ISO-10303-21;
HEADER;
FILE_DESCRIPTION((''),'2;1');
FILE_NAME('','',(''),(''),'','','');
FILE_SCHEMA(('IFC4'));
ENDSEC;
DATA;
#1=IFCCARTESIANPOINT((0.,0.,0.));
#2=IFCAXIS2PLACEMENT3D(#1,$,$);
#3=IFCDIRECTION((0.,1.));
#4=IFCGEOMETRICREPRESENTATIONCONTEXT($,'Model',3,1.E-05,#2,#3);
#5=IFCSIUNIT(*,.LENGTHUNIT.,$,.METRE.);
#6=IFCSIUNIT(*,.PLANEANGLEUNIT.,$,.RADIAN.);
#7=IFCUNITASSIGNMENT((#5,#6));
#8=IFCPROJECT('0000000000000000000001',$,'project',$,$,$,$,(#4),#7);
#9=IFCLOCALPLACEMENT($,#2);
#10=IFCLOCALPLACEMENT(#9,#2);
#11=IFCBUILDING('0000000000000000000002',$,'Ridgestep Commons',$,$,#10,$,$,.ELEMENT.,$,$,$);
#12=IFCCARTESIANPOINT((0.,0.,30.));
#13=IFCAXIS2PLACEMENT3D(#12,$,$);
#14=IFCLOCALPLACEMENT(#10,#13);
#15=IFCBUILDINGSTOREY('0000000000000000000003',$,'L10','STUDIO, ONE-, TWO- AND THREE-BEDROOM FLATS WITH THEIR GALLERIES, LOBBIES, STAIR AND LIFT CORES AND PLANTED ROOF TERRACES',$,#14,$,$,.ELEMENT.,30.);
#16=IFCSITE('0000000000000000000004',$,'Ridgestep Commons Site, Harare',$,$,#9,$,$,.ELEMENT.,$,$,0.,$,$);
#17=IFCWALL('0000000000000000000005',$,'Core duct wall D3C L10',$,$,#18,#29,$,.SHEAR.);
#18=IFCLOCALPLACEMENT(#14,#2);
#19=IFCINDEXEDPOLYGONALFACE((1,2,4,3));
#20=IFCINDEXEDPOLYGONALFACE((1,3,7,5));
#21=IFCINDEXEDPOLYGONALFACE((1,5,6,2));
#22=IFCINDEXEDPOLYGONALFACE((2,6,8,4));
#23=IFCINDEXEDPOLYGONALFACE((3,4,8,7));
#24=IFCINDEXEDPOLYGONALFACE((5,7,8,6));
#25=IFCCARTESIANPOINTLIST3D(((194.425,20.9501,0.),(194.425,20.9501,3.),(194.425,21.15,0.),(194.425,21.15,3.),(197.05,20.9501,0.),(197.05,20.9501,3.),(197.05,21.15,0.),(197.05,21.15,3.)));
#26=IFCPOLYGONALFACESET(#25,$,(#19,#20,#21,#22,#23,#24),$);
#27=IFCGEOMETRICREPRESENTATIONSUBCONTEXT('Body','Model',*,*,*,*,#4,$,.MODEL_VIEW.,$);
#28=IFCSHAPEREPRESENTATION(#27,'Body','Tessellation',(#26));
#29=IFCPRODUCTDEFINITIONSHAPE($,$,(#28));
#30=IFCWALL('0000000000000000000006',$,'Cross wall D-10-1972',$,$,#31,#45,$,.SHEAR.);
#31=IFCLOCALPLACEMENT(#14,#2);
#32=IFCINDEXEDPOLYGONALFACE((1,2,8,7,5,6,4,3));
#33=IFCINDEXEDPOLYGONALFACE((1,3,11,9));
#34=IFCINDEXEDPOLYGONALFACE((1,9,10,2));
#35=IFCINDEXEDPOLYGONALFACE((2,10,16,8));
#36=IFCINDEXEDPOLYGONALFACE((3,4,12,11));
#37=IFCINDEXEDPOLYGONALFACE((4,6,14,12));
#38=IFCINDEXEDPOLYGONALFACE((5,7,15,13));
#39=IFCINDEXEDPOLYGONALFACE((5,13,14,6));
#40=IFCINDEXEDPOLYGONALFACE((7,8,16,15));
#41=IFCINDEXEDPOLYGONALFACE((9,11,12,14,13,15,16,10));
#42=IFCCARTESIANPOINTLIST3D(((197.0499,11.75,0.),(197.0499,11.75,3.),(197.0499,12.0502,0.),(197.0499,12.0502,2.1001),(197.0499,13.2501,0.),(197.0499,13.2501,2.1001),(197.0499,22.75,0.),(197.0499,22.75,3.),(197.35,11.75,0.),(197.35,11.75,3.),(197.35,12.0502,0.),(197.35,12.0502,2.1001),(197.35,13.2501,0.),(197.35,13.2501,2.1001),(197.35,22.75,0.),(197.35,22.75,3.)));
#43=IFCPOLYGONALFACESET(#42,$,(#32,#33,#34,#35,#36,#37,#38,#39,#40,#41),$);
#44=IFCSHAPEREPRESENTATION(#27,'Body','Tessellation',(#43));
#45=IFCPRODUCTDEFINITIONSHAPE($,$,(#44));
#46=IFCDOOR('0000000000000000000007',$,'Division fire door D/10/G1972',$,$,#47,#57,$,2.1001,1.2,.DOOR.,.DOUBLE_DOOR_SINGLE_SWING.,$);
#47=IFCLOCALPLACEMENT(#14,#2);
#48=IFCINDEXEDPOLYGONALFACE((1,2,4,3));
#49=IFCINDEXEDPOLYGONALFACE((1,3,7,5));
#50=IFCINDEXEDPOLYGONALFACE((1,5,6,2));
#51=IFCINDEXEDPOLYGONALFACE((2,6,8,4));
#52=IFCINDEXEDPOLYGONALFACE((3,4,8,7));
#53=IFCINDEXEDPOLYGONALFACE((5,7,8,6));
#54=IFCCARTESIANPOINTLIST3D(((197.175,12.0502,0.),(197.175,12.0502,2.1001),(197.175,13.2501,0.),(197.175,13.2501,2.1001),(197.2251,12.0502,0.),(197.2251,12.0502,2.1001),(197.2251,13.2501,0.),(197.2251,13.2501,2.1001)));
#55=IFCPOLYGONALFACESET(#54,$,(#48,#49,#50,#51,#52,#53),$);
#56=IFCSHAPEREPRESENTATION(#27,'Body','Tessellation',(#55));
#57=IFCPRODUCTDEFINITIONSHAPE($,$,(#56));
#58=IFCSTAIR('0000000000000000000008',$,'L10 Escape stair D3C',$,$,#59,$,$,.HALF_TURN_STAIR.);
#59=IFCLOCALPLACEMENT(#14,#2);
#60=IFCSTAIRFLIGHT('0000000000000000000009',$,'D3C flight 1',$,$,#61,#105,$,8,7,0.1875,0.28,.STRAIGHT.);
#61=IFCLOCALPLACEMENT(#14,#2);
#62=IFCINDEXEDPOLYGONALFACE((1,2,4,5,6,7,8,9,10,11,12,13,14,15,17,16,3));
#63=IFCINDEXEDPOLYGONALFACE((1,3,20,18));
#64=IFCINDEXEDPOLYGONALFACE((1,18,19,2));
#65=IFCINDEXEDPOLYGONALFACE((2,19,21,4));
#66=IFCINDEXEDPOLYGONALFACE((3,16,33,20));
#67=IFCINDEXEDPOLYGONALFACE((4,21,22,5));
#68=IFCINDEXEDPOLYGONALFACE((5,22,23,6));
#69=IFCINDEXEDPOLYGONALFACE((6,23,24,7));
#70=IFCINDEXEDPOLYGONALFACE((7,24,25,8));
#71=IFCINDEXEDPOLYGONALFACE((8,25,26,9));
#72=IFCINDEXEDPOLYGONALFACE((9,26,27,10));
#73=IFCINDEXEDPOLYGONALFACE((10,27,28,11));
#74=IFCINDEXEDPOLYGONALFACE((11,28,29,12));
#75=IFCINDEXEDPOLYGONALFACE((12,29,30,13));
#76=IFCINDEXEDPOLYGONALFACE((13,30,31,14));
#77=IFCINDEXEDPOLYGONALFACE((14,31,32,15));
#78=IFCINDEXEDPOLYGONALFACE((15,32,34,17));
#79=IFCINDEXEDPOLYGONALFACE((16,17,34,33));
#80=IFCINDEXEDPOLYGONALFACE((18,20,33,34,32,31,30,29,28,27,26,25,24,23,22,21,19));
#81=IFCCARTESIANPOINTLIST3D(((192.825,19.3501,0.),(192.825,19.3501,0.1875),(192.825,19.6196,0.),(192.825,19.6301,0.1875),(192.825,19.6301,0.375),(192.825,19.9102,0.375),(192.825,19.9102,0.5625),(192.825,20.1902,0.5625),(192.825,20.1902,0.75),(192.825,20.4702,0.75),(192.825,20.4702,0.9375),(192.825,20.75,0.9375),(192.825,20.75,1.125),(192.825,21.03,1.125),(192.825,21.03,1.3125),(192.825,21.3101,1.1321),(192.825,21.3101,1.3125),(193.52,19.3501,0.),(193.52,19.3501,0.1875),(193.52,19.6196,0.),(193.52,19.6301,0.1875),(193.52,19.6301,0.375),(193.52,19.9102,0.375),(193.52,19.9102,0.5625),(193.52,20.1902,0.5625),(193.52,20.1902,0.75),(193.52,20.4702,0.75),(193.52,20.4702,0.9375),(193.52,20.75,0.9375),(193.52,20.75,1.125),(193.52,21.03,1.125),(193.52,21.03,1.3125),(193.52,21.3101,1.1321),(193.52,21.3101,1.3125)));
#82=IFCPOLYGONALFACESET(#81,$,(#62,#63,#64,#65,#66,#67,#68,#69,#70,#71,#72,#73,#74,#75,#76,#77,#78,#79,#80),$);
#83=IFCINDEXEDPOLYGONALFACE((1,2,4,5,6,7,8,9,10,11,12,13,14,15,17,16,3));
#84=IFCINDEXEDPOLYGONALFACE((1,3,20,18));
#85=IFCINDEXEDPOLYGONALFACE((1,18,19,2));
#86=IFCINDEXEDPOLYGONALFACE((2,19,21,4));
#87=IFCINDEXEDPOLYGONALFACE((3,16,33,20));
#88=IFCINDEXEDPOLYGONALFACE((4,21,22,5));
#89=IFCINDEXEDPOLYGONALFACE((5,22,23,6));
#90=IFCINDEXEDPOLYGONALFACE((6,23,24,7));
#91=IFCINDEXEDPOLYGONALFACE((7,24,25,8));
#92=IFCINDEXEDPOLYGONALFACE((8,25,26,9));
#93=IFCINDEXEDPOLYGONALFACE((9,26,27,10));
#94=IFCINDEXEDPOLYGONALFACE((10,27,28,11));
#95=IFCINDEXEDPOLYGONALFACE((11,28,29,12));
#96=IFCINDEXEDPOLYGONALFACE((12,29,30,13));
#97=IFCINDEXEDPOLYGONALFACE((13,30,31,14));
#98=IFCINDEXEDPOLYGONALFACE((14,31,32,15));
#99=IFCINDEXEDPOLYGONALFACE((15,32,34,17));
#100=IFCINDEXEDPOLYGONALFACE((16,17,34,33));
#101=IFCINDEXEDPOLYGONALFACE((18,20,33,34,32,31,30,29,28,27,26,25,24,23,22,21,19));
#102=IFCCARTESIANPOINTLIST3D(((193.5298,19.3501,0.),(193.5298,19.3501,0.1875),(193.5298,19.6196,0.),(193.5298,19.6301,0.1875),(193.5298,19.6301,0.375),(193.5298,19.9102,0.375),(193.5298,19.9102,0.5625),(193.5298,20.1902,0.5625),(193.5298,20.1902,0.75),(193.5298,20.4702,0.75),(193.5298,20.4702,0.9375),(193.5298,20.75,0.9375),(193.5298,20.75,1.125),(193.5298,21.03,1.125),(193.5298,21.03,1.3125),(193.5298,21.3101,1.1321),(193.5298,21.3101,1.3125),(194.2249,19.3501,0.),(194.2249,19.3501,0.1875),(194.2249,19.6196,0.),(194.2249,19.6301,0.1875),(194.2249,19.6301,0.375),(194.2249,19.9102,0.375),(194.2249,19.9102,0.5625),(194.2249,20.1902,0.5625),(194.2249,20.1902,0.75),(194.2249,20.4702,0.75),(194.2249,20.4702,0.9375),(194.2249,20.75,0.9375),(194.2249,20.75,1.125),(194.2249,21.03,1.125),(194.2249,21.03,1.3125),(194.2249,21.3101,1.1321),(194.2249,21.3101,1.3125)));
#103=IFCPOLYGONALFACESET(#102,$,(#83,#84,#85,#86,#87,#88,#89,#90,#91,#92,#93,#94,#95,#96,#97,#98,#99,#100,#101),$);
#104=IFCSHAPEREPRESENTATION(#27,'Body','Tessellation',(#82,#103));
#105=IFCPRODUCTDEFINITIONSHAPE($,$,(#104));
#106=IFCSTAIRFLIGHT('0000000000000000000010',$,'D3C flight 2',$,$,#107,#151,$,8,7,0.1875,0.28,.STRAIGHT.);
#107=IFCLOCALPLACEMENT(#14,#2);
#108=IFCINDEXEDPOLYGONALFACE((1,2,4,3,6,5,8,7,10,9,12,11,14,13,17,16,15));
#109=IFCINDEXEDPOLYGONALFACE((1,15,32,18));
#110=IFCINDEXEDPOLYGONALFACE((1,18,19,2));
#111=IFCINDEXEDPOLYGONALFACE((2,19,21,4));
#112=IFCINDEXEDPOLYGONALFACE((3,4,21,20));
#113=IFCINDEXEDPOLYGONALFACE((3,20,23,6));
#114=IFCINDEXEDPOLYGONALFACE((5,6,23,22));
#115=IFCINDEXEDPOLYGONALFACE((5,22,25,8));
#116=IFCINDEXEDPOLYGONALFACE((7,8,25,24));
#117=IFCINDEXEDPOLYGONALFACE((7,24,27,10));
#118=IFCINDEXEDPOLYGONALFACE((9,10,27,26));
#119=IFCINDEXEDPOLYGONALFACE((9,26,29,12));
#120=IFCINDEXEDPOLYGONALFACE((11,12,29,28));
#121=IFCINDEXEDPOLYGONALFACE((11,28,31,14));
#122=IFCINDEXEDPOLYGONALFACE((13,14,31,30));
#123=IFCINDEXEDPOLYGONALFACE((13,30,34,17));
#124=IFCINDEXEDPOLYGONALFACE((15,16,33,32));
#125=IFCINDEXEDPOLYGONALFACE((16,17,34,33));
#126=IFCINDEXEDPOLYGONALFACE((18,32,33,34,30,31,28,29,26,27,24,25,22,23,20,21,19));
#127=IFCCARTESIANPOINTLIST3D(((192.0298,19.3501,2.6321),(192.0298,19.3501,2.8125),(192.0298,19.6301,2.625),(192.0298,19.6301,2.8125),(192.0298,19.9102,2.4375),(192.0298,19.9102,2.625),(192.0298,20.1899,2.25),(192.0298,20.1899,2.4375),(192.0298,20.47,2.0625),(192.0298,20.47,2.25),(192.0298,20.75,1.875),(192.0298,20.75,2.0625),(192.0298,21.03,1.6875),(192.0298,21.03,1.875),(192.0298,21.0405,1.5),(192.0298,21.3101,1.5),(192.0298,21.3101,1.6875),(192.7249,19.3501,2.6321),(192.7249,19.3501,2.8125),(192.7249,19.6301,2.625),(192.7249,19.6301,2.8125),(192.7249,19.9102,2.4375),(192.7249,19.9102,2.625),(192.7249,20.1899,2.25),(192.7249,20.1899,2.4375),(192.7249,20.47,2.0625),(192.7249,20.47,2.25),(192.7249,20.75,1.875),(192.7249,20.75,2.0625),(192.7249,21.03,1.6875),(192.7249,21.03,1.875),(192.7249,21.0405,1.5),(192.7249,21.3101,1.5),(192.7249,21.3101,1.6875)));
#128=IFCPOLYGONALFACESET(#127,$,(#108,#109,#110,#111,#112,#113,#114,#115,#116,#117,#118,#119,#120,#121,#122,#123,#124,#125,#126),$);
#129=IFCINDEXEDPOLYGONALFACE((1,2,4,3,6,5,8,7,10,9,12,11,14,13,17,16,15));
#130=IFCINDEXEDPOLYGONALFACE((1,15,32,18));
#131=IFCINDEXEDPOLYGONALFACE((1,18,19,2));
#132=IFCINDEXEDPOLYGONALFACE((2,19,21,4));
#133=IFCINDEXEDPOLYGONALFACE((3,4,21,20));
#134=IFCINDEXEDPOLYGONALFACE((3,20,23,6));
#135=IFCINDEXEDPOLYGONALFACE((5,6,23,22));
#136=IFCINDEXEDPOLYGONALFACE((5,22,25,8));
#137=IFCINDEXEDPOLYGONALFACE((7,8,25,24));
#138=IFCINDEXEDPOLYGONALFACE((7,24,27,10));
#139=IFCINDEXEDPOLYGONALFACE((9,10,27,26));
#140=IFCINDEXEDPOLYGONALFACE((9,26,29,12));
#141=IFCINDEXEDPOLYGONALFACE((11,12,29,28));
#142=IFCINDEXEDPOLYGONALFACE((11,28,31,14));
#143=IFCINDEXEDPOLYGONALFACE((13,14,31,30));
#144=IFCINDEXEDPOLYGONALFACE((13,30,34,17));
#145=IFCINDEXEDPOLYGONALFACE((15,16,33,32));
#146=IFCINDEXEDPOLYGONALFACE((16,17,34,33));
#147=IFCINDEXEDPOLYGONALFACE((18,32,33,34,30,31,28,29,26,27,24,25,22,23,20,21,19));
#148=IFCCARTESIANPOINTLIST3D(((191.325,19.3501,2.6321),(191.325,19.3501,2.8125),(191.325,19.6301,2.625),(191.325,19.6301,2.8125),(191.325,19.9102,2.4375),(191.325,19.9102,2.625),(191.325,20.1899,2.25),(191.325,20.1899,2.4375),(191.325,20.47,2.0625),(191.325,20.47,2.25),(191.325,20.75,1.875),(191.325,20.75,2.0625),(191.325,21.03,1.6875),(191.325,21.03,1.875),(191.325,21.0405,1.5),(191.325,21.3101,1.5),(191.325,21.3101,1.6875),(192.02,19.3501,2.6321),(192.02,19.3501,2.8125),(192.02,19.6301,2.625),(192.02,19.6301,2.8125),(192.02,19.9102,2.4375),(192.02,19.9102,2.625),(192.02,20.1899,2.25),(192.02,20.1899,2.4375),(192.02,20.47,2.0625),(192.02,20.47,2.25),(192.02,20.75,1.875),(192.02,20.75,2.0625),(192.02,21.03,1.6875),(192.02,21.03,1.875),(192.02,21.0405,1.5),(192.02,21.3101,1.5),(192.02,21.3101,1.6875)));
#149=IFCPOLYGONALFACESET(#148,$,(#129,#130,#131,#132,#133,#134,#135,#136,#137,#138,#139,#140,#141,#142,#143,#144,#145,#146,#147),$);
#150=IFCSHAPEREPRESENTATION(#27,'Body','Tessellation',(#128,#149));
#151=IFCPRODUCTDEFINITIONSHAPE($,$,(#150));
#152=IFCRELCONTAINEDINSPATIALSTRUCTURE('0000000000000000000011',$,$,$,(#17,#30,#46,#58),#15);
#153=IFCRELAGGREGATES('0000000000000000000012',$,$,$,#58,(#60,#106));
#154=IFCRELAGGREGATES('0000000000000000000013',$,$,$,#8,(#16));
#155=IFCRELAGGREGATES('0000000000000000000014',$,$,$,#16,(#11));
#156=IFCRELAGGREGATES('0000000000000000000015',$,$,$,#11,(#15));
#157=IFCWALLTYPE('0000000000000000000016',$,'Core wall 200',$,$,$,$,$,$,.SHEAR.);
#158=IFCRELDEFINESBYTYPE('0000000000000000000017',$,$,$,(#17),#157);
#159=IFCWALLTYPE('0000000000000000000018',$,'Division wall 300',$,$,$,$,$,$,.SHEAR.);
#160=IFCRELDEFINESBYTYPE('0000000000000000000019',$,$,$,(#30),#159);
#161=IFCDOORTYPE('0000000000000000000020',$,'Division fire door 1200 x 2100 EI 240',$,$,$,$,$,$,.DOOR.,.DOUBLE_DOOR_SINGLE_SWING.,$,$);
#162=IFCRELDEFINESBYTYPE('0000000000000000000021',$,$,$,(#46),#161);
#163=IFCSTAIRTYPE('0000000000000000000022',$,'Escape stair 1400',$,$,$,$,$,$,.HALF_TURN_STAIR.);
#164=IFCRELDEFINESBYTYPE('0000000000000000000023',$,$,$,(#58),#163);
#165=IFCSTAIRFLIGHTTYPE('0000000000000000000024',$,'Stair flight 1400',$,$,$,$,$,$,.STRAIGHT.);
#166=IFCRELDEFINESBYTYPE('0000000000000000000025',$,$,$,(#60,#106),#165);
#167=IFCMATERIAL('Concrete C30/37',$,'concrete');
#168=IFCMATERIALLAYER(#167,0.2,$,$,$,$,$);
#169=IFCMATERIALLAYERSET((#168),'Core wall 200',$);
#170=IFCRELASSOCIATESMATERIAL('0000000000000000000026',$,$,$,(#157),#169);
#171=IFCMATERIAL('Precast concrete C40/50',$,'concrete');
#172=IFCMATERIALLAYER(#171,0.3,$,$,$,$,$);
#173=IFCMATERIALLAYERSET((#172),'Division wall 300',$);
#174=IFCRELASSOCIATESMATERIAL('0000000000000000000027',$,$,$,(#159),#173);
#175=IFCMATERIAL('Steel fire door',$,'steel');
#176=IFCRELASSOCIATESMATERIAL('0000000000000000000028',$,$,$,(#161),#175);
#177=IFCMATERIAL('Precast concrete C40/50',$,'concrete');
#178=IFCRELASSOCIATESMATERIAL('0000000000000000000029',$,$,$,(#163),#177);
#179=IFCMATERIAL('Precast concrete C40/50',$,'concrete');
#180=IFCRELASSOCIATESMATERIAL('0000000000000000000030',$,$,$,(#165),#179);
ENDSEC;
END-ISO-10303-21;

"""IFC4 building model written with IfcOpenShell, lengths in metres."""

from ifc_helpers import new_model, si_unit, direction, frame, frame_2d, origin, place, context, subcontext, project, spatial, polyline, rectangle, outline, extrude, material, layer, layer_set, type_object, element, fill, aggregate, save


model = new_model("IFC4")

# Units and contexts
model_context = context("Model", 3, precision=1e-05, world=origin(), true_north=direction((0.0, 1.0)))
body_context = subcontext(model_context, "Body", "Model", "MODEL_VIEW")
ifc_project = project(units=[si_unit("LENGTHUNIT", "METRE"), si_unit("PLANEANGLEUNIT", "RADIAN")], contexts=[model_context])

# Site, building, storey
site_placement = place(None, origin())
site = spatial("IfcSite", under=ifc_project, at=site_placement, Name="Ridgestep Commons Site, Harare", CompositionType="ELEMENT", RefElevation=0.0)
building_placement = place(site_placement, origin())
building = spatial("IfcBuilding", under=site, at=building_placement, Name="Ridgestep Commons", CompositionType="ELEMENT")
storey_placement = place(building_placement, frame((0.0, 0.0, 30.0)))
storey = spatial("IfcBuildingStorey", under=building, at=storey_placement, Name="L10", Description="STUDIO, ONE-, TWO- AND THREE-BEDROOM FLATS WITH THEIR GALLERIES, LOBBIES, STAIR AND LIFT CORES AND PLANTED ROOF TERRACES", CompositionType="ELEMENT", Elevation=30.0)

# Wall
ifc_material_1 = material(Name="Concrete C30/37", Category="concrete")
ifc_layer_1 = layer(ifc_material_1, 0.2)
ifc_layer_set_1 = layer_set([ifc_layer_1], Name="Core wall 200")
wall_type_1 = type_object("IfcWallType", Name="Core wall 200", PredefinedType="SHEAR", material=ifc_layer_set_1)
wall_1_placement = place(storey_placement, frame((194.425, 21.05, 0.0), z_axis=(0.0, 0.0, 1.0), x_axis=(1.0, 0.0, 0.0)))
element("IfcWall", 1, at=wall_1_placement, inside=storey, type_object=wall_type_1, Name="Core duct wall D3C L10", PredefinedType="SHEAR", context=body_context, shape_type="SweptSolid", body=[
    extrude(rectangle(XDim=2.625, YDim=0.2, at=frame_2d((1.3125, 0.0))), origin(), (0.0, 0.0, 1.0), 3.0),
])

# Wall, opening, door
ifc_material_2 = material(Name="Precast concrete C40/50", Category="concrete")
ifc_layer_2 = layer(ifc_material_2, 0.3)
ifc_layer_set_2 = layer_set([ifc_layer_2], Name="Division wall 300")
wall_type_2 = type_object("IfcWallType", Name="Division wall 300", PredefinedType="SHEAR", material=ifc_layer_set_2)
wall_2_placement = place(storey_placement, frame((197.2, 11.75, 0.0), z_axis=(0.0, 0.0, 1.0), x_axis=(0.0, 1.0, 0.0)))
wall_2 = element("IfcWall", 2, at=wall_2_placement, inside=storey, type_object=wall_type_2, Name="Cross wall D-10-1972", PredefinedType="SHEAR", context=body_context, shape_type="SweptSolid", body=[
    extrude(rectangle(XDim=11.0, YDim=0.3, at=frame_2d((5.5, 0.0))), origin(), (0.0, 0.0, 1.0), 3.0),
])
opening_1_placement = place(wall_2_placement, frame((0.3, 0.0, 0.0)))
opening_1 = element("IfcOpeningElement", 3, at=opening_1_placement, cuts=wall_2, PredefinedType="OPENING", context=body_context, shape_type="SweptSolid", body=[
    extrude(rectangle(XDim=1.2, YDim=2.1001, at=frame_2d((0.6001, 1.05))), frame((0.0, 0.1599, 0.0), z_axis=(0.0, -1.0, 0.0), x_axis=(1.0, 0.0, 0.0)), (0.0, 0.0, 1.0), 0.3201),
])
ifc_material_3 = material(Name="Steel fire door", Category="steel")
door_type_1 = type_object("IfcDoorType", Name="Division fire door 1200 x 2100 EI 240", OperationType="DOUBLE_DOOR_SINGLE_SWING", PredefinedType="DOOR", material=ifc_material_3)
door_1_placement = place(opening_1_placement, origin())
door_1 = element("IfcDoor", 4, at=door_1_placement, inside=storey, type_object=door_type_1, Name="Division fire door D/10/G1972", OperationType="DOUBLE_DOOR_SINGLE_SWING", OverallHeight=2.1001, OverallWidth=1.2, PredefinedType="DOOR", context=body_context, shape_type="SweptSolid", body=[
    extrude(rectangle(XDim=1.2, YDim=2.1001, at=frame_2d((0.6001, 1.05))), frame((0.0, 0.0249, 0.0), z_axis=(0.0, -1.0, 0.0), x_axis=(1.0, 0.0, 0.0)), (0.0, 0.0, 1.0), 0.05),
])
fill(opening_1, door_1)

# Stair, stair flights
ifc_material_4 = material(Name="Precast concrete C40/50", Category="concrete")
stair_type = type_object("IfcStairType", Name="Escape stair 1400", PredefinedType="HALF_TURN_STAIR", material=ifc_material_4)
stair_placement = place(storey_placement, origin())
stair = element("IfcStair", 5, at=stair_placement, inside=storey, type_object=stair_type, Name="L10 Escape stair D3C", PredefinedType="HALF_TURN_STAIR")
ifc_material_5 = material(Name="Precast concrete C40/50", Category="concrete")
stair_flight_type = type_object("IfcStairFlightType", Name="Stair flight 1400", PredefinedType="STRAIGHT", material=ifc_material_5)
stair_flight_1_placement = place(storey_placement, frame((193.5249, 19.3501, 0.0), z_axis=(0.0, 0.0, 1.0), x_axis=(0.0, 1.0, 0.0)))
stair_flight_1 = element("IfcStairFlight", 6, at=stair_flight_1_placement, type_object=stair_flight_type, Name="D3C flight 1", NumberOfRisers=8, NumberOfTreads=7, PredefinedType="STRAIGHT", RiserHeight=0.1875, TreadLength=0.28, context=body_context, shape_type="SweptSolid", body=[
    extrude(outline(polyline([(0.0, 0.0), (0.0, 0.1875), (0.28, 0.1875), (0.28, 0.375), (0.5601, 0.375), (0.5601, 0.5625), (0.8401, 0.5625), (0.8401, 0.75), (1.1201, 0.75), (1.1201, 0.9375), (1.3999, 0.9375), (1.3999, 1.125), (1.6799, 1.125), (1.6799, 1.3125), (1.96, 1.3125), (1.96, 1.5), (1.96, 1.1321), (0.2695, 0.0), (0.0, 0.0)])), frame((0.0, 0.7, 0.0), z_axis=(0.0, -1.0, 0.0), x_axis=(1.0, 0.0, 0.0)), (0.0, 0.0, 1.0), 0.6951),
    extrude(outline(polyline([(0.0, 0.0), (0.0, 0.1875), (0.28, 0.1875), (0.28, 0.375), (0.5601, 0.375), (0.5601, 0.5625), (0.8401, 0.5625), (0.8401, 0.75), (1.1201, 0.75), (1.1201, 0.9375), (1.3999, 0.9375), (1.3999, 1.125), (1.6799, 1.125), (1.6799, 1.3125), (1.96, 1.3125), (1.96, 1.5), (1.96, 1.1321), (0.2695, 0.0), (0.0, 0.0)])), frame((0.0, -0.0049, 0.0), z_axis=(0.0, -1.0, 0.0), x_axis=(1.0, 0.0, 0.0)), (0.0, 0.0, 1.0), 0.6951),
])
stair_flight_2_placement = place(storey_placement, frame((192.0249, 21.3101, 1.5), z_axis=(0.0, 0.0, 1.0), x_axis=(0.0, -1.0, 0.0)))
stair_flight_2 = element("IfcStairFlight", 7, at=stair_flight_2_placement, type_object=stair_flight_type, Name="D3C flight 2", NumberOfRisers=8, NumberOfTreads=7, PredefinedType="STRAIGHT", RiserHeight=0.1875, TreadLength=0.28, context=body_context, shape_type="SweptSolid", body=[
    extrude(outline(polyline([(0.0, 0.0), (0.0, 0.1875), (0.28, 0.1875), (0.28, 0.375), (0.5601, 0.375), (0.5601, 0.5625), (0.8401, 0.5625), (0.8401, 0.75), (1.1201, 0.75), (1.1201, 0.9375), (1.3999, 0.9375), (1.3999, 1.125), (1.6799, 1.125), (1.6799, 1.3125), (1.96, 1.3125), (1.96, 1.5), (1.96, 1.1321), (0.2695, 0.0), (0.0, 0.0)])), frame((0.0, 0.7, 0.0), z_axis=(0.0, -1.0, 0.0), x_axis=(1.0, 0.0, 0.0)), (0.0, 0.0, 1.0), 0.6951),
    extrude(outline(polyline([(0.0, 0.0), (0.0, 0.1875), (0.28, 0.1875), (0.28, 0.375), (0.5601, 0.375), (0.5601, 0.5625), (0.8401, 0.5625), (0.8401, 0.75), (1.1201, 0.75), (1.1201, 0.9375), (1.3999, 0.9375), (1.3999, 1.125), (1.6799, 1.125), (1.6799, 1.3125), (1.96, 1.3125), (1.96, 1.5), (1.96, 1.1321), (0.2695, 0.0), (0.0, 0.0)])), frame((0.0, -0.0049, 0.0), z_axis=(0.0, -1.0, 0.0), x_axis=(1.0, 0.0, 0.0)), (0.0, 0.0, 1.0), 0.6951),
])
aggregate(stair, [stair_flight_1, stair_flight_2])

save(model, "model.ifc")
